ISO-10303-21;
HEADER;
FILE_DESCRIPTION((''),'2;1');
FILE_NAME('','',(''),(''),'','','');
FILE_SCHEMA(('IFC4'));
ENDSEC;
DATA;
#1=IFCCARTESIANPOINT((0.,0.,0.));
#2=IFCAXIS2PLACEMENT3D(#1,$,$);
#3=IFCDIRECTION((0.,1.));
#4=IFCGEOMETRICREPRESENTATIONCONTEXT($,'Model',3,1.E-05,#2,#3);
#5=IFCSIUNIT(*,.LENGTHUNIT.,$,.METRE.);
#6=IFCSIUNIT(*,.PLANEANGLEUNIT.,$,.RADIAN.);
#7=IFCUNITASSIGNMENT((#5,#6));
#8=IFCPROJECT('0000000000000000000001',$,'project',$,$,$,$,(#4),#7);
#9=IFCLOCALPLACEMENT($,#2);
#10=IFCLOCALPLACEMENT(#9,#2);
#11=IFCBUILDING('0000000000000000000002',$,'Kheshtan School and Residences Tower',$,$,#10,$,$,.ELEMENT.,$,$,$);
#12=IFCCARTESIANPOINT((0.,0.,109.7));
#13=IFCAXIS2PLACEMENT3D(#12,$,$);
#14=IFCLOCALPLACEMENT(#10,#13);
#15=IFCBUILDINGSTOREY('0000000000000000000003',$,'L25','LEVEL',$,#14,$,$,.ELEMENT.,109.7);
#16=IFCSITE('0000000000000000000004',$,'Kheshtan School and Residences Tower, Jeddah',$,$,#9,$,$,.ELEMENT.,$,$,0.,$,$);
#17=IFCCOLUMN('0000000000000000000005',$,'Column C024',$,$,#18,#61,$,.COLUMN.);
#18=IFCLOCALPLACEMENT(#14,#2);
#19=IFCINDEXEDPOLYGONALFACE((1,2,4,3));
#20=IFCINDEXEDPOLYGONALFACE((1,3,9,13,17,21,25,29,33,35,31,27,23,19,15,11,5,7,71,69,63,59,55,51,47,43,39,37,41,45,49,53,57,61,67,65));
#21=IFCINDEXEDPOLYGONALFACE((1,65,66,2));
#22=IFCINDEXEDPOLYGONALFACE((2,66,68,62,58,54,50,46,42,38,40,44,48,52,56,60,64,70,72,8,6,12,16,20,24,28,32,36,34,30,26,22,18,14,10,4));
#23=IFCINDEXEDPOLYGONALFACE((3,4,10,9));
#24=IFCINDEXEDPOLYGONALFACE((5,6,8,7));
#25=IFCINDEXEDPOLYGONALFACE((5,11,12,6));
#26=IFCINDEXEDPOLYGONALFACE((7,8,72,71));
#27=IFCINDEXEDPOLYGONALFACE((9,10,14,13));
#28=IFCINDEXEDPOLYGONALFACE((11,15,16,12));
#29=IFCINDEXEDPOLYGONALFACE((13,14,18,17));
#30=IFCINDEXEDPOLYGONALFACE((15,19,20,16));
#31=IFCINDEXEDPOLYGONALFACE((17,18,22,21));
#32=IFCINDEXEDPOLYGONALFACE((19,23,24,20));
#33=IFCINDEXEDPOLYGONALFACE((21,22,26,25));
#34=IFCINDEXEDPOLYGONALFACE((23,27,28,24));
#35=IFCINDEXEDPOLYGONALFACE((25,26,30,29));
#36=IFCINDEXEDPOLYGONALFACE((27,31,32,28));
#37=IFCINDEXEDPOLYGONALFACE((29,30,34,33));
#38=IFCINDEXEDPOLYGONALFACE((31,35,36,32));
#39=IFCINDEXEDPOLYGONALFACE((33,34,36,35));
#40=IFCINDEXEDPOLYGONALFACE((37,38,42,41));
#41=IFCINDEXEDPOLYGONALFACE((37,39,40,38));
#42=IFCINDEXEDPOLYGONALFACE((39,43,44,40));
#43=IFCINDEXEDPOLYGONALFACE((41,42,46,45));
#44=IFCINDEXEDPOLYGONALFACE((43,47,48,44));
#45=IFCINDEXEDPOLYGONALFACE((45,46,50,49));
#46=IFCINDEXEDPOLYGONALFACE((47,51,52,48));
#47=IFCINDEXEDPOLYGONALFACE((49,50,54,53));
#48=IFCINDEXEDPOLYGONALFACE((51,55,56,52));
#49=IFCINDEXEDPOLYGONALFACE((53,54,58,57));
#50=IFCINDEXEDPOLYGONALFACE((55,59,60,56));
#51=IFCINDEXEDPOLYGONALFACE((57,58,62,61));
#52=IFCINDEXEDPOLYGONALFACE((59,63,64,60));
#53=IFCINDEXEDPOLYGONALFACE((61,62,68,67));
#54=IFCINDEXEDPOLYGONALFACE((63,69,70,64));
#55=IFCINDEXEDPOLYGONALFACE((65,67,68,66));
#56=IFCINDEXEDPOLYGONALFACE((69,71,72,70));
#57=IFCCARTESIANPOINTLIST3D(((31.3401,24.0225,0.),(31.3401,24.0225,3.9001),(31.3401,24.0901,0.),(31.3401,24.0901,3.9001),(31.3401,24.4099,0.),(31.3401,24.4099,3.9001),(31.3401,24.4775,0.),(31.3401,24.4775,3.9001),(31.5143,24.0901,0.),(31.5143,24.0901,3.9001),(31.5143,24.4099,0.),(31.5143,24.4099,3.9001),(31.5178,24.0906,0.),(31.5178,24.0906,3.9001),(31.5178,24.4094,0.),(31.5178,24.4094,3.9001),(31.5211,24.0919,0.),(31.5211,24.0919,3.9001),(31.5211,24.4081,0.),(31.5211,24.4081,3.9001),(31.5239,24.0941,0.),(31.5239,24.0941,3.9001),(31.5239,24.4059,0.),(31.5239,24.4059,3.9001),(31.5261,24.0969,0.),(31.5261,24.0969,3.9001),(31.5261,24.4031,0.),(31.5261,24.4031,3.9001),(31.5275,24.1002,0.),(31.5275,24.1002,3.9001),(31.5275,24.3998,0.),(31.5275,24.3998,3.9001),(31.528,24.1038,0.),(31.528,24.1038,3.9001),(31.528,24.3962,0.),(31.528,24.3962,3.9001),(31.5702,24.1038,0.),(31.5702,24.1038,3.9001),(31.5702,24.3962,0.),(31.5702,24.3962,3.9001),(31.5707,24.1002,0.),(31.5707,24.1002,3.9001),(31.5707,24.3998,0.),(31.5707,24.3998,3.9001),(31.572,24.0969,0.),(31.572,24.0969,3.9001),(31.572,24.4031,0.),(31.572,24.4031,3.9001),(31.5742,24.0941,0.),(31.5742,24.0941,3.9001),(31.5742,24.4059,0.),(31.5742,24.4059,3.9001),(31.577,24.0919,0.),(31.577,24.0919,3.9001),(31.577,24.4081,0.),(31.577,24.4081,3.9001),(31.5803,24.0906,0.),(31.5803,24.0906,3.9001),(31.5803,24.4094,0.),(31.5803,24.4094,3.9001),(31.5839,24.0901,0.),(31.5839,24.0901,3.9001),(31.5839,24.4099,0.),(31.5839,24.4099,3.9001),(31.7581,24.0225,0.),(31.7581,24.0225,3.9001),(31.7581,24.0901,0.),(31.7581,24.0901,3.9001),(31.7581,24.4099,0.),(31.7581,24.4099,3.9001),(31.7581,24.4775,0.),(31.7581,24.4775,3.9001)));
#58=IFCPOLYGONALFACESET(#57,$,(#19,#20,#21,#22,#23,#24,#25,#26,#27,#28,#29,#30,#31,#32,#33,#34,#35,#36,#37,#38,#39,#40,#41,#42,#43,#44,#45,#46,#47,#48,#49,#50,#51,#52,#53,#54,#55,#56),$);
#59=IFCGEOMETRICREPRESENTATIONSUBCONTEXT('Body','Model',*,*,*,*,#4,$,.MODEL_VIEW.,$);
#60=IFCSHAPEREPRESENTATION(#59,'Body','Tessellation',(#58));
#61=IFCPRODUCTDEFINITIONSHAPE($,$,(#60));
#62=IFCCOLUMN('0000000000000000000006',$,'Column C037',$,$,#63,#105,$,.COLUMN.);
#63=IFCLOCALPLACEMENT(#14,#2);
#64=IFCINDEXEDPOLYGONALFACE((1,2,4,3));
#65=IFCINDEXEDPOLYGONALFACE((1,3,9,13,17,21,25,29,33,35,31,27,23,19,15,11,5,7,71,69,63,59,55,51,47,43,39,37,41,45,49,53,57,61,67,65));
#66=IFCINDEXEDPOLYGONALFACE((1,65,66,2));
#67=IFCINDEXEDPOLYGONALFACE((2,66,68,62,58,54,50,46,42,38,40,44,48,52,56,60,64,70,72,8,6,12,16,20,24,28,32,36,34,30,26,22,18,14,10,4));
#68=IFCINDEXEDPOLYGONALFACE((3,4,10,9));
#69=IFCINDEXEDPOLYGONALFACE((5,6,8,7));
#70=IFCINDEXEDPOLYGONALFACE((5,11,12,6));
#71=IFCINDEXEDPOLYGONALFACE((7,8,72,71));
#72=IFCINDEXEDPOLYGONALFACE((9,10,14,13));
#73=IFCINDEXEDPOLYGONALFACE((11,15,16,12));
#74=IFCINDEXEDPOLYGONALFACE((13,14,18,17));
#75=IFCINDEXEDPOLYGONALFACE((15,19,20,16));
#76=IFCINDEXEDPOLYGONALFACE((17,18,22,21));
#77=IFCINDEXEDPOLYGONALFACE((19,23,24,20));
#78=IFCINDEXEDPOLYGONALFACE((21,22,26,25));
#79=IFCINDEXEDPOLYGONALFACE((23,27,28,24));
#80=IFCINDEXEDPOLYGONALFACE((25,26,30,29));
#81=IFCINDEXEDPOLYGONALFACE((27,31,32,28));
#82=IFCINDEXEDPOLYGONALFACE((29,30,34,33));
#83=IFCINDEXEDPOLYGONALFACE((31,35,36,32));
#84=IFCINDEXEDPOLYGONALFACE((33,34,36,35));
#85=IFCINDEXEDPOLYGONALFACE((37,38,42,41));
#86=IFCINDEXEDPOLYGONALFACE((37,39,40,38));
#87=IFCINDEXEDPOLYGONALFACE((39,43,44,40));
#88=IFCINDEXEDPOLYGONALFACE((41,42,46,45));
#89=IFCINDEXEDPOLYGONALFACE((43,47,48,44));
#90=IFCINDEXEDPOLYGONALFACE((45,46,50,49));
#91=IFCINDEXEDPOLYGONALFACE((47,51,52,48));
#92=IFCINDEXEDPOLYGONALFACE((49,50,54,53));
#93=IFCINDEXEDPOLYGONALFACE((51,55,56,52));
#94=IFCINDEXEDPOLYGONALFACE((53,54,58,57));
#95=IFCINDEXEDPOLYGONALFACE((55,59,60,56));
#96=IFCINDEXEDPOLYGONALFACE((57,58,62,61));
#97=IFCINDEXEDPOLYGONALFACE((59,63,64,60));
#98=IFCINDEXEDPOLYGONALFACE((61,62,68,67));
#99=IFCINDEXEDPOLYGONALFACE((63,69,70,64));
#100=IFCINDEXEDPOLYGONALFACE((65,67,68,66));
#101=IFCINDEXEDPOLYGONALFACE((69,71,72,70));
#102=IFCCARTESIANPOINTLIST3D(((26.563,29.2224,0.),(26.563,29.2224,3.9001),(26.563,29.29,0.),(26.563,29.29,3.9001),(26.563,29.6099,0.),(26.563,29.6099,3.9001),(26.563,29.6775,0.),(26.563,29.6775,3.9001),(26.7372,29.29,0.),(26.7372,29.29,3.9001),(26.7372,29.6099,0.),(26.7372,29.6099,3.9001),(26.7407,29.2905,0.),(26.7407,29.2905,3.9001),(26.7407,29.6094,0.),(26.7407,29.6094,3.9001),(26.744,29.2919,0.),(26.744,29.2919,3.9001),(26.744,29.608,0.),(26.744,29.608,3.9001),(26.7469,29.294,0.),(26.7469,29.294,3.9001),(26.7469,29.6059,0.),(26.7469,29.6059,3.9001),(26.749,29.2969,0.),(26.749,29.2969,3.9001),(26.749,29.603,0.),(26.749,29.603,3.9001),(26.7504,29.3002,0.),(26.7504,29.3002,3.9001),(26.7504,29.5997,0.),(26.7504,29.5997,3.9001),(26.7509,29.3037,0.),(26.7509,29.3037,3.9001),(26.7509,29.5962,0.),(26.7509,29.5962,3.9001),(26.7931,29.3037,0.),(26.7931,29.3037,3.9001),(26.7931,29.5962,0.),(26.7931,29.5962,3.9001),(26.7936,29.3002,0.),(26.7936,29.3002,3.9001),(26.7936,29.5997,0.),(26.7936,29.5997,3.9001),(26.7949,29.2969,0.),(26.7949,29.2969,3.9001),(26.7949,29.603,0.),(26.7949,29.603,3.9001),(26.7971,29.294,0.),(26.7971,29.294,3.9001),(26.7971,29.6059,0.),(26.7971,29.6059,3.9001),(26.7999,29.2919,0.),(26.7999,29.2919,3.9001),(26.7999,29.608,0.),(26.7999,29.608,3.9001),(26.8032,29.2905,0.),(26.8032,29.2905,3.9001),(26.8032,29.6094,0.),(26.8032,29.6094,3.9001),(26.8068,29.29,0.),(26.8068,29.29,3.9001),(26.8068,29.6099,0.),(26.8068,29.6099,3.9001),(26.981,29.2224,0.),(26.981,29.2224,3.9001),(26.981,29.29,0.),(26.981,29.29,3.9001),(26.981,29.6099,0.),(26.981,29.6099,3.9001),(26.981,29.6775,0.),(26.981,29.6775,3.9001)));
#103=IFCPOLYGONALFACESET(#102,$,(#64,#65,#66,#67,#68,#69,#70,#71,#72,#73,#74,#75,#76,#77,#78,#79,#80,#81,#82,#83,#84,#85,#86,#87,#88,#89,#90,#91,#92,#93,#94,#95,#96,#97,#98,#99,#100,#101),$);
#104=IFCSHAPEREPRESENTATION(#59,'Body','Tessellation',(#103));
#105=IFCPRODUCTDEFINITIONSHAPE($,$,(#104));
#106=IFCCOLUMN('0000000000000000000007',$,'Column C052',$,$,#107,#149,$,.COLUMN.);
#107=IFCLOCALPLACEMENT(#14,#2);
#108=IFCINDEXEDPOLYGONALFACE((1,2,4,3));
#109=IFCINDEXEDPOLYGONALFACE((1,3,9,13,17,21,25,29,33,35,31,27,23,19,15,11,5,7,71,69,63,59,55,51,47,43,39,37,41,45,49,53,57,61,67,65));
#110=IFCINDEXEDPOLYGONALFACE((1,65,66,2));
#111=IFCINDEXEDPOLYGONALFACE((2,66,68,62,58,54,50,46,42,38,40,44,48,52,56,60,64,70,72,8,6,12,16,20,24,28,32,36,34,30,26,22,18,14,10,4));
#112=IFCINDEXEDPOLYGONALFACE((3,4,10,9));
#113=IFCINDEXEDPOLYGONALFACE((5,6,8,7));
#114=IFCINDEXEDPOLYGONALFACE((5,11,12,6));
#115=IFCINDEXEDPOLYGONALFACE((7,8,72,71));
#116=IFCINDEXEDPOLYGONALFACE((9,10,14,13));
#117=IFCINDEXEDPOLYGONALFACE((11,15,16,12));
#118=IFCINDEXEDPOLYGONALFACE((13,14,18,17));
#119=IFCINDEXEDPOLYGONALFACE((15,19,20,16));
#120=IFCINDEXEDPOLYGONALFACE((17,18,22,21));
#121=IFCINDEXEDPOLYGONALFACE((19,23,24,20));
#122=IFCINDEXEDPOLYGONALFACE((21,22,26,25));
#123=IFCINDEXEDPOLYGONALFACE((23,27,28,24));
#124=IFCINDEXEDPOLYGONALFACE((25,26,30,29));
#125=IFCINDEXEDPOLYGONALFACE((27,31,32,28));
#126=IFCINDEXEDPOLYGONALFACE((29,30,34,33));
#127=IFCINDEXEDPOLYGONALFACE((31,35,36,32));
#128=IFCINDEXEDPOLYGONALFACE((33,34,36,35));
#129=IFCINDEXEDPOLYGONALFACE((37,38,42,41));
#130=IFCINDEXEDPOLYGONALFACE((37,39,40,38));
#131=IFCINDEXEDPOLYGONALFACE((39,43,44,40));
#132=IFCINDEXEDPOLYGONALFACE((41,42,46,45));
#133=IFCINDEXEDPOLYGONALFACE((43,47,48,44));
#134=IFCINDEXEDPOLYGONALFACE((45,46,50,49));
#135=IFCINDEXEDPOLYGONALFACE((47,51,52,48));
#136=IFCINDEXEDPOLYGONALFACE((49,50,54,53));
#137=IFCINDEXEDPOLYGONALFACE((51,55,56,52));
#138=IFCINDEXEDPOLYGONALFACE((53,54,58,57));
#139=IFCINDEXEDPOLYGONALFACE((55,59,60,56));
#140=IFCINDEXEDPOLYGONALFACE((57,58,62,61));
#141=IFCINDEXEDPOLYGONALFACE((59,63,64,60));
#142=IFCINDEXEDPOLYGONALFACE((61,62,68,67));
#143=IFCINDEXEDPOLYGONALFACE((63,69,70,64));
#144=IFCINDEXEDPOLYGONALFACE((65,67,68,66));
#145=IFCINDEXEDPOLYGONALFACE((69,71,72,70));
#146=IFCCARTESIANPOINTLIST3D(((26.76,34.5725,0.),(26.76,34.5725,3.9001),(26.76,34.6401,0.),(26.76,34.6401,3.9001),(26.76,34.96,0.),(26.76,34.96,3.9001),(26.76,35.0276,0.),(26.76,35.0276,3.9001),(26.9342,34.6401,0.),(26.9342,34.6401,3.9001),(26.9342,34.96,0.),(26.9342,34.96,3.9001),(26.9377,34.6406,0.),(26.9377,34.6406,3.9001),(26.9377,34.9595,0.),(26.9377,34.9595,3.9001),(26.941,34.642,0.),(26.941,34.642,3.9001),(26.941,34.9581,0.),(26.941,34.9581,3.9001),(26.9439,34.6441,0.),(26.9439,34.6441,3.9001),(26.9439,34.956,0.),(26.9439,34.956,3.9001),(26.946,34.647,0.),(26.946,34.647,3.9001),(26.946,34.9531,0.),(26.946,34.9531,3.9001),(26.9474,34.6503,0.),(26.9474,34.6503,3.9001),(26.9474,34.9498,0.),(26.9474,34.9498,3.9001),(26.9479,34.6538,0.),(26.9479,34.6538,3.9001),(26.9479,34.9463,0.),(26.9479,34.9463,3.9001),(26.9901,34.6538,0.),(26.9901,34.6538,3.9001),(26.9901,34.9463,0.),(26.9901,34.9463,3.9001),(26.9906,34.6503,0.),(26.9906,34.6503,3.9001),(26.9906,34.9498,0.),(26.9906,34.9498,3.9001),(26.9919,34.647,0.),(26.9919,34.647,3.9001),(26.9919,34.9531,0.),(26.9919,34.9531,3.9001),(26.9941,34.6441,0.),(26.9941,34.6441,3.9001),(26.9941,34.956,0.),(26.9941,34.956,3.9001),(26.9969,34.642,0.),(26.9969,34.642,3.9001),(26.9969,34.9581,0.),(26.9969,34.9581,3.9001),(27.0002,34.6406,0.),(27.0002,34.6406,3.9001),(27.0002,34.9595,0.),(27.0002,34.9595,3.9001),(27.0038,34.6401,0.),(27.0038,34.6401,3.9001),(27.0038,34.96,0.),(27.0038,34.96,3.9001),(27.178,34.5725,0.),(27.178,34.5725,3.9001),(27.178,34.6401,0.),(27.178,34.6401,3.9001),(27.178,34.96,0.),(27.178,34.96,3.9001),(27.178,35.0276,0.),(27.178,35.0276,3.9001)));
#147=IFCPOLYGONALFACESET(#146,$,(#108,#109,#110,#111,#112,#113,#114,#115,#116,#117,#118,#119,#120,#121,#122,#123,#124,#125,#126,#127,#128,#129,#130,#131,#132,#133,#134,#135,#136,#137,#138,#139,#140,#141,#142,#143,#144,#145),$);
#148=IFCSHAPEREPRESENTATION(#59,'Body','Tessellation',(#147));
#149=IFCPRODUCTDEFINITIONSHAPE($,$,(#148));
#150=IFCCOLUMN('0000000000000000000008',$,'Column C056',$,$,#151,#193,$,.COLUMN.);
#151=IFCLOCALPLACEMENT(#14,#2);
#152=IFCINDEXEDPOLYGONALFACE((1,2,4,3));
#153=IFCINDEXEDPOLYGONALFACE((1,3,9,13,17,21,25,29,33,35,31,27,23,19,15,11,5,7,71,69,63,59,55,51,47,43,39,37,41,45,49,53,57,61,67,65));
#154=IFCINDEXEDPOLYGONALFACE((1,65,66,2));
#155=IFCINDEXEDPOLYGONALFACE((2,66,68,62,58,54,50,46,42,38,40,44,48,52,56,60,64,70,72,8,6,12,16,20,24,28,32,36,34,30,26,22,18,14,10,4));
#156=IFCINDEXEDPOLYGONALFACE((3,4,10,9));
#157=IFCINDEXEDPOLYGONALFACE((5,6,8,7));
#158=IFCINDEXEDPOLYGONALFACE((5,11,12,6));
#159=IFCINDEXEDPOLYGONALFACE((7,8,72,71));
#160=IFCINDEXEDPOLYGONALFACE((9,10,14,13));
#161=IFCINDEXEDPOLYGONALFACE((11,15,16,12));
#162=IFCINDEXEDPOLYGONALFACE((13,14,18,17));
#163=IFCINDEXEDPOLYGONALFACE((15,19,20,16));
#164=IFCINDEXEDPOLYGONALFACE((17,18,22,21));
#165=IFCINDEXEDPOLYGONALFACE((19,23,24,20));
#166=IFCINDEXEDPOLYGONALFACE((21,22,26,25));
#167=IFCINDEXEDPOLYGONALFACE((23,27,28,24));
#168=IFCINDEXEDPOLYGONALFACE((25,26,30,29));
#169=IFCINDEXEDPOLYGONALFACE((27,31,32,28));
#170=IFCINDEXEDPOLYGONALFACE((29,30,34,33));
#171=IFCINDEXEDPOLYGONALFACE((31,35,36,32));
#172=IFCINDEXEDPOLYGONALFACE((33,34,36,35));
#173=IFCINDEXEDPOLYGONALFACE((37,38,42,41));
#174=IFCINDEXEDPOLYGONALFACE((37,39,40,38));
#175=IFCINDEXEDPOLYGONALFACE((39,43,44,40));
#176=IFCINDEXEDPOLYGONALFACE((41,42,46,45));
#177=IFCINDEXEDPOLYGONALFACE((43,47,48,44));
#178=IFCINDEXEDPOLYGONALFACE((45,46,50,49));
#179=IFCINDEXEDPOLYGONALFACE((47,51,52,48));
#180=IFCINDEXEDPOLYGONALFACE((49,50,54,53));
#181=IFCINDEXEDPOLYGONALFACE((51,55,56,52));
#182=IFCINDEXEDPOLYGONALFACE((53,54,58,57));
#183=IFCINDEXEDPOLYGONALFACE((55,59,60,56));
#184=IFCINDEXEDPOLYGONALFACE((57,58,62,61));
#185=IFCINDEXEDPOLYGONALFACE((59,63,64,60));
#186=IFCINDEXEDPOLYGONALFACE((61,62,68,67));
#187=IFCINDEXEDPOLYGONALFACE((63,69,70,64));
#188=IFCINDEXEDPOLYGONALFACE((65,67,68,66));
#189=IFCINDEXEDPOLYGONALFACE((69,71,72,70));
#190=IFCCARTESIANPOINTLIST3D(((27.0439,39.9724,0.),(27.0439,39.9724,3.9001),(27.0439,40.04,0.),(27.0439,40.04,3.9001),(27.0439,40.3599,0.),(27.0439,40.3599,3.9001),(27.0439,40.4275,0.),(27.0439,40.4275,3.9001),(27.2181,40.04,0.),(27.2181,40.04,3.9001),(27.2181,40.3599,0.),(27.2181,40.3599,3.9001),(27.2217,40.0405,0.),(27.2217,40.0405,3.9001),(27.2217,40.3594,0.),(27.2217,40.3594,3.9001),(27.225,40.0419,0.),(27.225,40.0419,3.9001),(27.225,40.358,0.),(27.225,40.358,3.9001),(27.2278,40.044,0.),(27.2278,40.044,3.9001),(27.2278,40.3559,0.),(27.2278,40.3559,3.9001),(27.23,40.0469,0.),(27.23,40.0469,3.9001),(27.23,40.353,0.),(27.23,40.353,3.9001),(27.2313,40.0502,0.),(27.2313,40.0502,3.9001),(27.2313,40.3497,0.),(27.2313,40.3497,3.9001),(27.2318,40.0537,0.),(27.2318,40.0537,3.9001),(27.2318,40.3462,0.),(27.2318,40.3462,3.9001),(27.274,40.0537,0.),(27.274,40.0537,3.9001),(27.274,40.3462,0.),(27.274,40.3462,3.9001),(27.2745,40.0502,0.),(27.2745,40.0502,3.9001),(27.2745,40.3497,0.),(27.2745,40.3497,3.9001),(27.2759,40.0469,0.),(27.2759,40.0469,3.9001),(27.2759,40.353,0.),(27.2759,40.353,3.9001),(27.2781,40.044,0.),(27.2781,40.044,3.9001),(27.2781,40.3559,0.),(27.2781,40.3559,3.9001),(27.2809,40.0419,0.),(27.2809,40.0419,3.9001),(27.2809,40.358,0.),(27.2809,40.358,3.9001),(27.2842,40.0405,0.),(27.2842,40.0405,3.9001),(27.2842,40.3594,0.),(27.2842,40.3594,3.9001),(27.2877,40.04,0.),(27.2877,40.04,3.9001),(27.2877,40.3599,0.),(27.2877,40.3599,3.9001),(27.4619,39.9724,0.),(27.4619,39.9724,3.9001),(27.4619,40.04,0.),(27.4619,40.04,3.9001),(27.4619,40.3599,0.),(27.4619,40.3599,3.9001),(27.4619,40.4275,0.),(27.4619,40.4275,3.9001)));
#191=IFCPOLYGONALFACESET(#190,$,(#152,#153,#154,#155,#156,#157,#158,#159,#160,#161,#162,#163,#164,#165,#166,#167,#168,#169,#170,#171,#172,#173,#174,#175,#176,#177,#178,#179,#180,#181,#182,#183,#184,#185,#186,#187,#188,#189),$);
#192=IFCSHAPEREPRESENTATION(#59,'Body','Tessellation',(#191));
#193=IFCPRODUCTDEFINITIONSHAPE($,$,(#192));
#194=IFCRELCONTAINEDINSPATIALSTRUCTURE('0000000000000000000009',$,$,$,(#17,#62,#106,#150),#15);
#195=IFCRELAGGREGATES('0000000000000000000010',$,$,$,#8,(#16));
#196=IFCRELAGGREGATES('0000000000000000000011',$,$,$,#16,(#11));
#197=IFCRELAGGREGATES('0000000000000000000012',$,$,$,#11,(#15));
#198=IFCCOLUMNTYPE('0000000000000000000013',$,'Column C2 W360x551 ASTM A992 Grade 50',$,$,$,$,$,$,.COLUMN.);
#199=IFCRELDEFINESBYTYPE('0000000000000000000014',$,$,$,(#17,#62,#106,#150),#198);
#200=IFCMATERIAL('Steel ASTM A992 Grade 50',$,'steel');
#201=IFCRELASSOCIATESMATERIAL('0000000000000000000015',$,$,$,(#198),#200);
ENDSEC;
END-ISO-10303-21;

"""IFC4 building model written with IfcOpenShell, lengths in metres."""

from ifc_helpers import new_model, si_unit, direction, frame, origin, origin_2d, place, context, subcontext, project, spatial, i_section, extrude, material, material_profile, profile_set, type_object, element, save


model = new_model("IFC4")

# Units and contexts
model_context = context("Model", 3, precision=1e-05, world=origin(), true_north=direction((0.0, 1.0)))
body_context = subcontext(model_context, "Body", "Model", "MODEL_VIEW")
ifc_project = project(units=[si_unit("LENGTHUNIT", "METRE"), si_unit("PLANEANGLEUNIT", "RADIAN")], contexts=[model_context])

# Site, building, storey
site_placement = place(None, origin())
site = spatial("IfcSite", under=ifc_project, at=site_placement, Name="Kheshtan School and Residences Tower, Jeddah", CompositionType="ELEMENT", RefElevation=0.0)
building_placement = place(site_placement, origin())
building = spatial("IfcBuilding", under=site, at=building_placement, Name="Kheshtan School and Residences Tower", CompositionType="ELEMENT")
storey_placement = place(building_placement, frame((0.0, 0.0, 109.7)))
storey = spatial("IfcBuildingStorey", under=building, at=storey_placement, Name="L25", Description="LEVEL", CompositionType="ELEMENT", Elevation=109.7)

# Columns
ifc_material_1 = material(Name="Steel ASTM A992 Grade 50", Category="steel")
ifc_material_profile_1 = material_profile(ifc_material_1, i_section(OverallWidth=0.418, OverallDepth=0.4551, WebThickness=0.0422, FlangeThickness=0.0676, FilletRadius=0.0137, at=origin_2d()), Name="W360x551")
ifc_profile_set_1 = profile_set([ifc_material_profile_1], Name="Steel ASTM A992 Grade 50")
column_type = type_object("IfcColumnType", Name="Column C2 W360x551 ASTM A992 Grade 50", PredefinedType="COLUMN", material=ifc_profile_set_1)
for number, where, z_axis, x_axis, name in (
    (1, (31.5491, 24.25, 0.0), (0.0, 0.0, 1.0), (1.0, 0.0, 0.0), "Column C024"),
    (2, (26.772, 29.45, 0.0), (0.0, 0.0, 1.0), (1.0, 0.0, 0.0), "Column C037"),
    (3, (26.969, 34.8, 0.0), (0.0, 0.0, 1.0), (1.0, 0.0, 0.0), "Column C052"),
    (4, (27.2529, 40.2, 0.0), (0.0, 0.0, 1.0), (1.0, 0.0, 0.0), "Column C056"),
):
    element("IfcColumn", number, at=place(storey_placement, frame(where, z_axis=z_axis, x_axis=x_axis)), inside=storey, type_object=column_type, Name=name, PredefinedType="COLUMN", context=body_context, shape_type="SweptSolid", body=[
        extrude(i_section(OverallWidth=0.418, OverallDepth=0.4551, WebThickness=0.0422, FlangeThickness=0.0676, FilletRadius=0.0137, at=origin_2d()), origin(), (0.0, 0.0, 1.0), 3.9001),
    ])

save(model, "model.ifc")
